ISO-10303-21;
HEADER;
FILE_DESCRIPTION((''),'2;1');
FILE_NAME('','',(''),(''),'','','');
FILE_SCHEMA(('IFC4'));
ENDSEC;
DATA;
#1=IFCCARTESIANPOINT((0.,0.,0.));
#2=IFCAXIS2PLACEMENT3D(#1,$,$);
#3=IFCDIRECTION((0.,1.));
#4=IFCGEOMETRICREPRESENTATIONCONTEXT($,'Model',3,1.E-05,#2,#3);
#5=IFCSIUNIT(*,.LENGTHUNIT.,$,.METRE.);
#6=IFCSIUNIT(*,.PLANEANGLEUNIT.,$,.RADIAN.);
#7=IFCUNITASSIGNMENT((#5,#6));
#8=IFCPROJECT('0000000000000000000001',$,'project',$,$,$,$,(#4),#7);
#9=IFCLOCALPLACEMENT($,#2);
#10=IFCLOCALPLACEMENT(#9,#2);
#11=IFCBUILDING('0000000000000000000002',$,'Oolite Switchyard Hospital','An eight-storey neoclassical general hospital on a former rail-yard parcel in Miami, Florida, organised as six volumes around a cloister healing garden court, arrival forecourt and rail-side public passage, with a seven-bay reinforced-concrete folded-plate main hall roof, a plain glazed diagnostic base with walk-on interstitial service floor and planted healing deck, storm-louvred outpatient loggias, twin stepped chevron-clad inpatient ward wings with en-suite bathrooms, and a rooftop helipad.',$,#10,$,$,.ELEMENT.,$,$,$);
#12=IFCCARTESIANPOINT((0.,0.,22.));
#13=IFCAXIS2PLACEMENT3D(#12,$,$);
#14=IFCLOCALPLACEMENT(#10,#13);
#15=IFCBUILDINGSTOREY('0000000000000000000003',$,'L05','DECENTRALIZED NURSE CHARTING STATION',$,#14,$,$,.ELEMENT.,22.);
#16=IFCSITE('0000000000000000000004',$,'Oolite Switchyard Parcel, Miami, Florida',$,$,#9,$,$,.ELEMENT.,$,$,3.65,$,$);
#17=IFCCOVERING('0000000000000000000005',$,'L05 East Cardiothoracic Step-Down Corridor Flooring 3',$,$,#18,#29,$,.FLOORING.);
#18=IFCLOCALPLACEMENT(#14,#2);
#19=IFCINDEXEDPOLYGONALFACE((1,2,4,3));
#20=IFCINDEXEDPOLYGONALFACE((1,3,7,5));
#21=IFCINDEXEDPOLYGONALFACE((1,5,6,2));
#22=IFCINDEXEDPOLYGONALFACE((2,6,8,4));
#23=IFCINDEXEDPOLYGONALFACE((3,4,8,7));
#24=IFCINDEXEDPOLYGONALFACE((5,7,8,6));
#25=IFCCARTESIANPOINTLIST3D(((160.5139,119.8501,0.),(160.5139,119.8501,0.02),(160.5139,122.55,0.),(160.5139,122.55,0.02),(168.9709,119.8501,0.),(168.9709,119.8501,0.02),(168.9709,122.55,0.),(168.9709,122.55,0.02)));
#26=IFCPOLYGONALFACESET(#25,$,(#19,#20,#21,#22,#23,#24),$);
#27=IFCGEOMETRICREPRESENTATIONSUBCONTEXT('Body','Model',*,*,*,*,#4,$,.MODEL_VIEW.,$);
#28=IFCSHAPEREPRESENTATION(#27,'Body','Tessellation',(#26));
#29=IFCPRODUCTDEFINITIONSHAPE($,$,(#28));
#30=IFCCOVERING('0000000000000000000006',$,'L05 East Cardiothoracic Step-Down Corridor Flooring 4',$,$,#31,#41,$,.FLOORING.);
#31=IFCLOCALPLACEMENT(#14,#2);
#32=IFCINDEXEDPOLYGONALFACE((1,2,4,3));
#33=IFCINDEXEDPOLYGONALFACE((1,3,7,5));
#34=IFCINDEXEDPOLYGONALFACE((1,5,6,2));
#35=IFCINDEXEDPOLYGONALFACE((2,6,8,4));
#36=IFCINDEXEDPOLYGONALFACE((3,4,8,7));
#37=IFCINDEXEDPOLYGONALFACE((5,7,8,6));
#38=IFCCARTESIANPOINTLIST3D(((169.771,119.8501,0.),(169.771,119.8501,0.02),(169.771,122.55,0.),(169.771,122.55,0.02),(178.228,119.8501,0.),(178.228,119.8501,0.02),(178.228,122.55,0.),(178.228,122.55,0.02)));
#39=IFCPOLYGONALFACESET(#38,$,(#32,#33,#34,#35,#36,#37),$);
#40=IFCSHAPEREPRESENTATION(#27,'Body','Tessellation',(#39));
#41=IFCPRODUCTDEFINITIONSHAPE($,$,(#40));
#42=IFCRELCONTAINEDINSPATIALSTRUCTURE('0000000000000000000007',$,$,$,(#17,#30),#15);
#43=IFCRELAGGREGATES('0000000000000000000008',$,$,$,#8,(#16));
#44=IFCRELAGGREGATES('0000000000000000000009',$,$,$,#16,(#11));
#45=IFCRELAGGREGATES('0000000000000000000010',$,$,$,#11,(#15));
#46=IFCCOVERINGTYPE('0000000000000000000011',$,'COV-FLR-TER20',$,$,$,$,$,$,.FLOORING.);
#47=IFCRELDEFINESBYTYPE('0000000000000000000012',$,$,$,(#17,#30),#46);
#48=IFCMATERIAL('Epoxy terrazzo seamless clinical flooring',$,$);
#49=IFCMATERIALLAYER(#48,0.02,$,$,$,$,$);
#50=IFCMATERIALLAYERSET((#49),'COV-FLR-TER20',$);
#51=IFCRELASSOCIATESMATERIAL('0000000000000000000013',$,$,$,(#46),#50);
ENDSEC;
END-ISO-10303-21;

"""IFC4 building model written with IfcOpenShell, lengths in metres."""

from ifc_helpers import new_model, si_unit, direction, frame, origin, place, context, subcontext, project, spatial, polyline, outline, extrude, material, layer, layer_set, type_object, element, save


model = new_model("IFC4")

# Units and contexts
model_context = context("Model", 3, precision=1e-05, world=origin(), true_north=direction((0.0, 1.0)))
body_context = subcontext(model_context, "Body", "Model", "MODEL_VIEW")
ifc_project = project(units=[si_unit("LENGTHUNIT", "METRE"), si_unit("PLANEANGLEUNIT", "RADIAN")], contexts=[model_context])

# Site, building, storey
site_placement = place(None, origin())
site = spatial("IfcSite", under=ifc_project, at=site_placement, Name="Oolite Switchyard Parcel, Miami, Florida", CompositionType="ELEMENT", RefElevation=3.65)
building_placement = place(site_placement, origin())
building = spatial("IfcBuilding", under=site, at=building_placement, Name="Oolite Switchyard Hospital", Description="An eight-storey neoclassical general hospital on a former rail-yard parcel in Miami, Florida, organised as six volumes around a cloister healing garden court, arrival forecourt and rail-side public passage, with a seven-bay reinforced-concrete folded-plate main hall roof, a plain glazed diagnostic base with walk-on interstitial service floor and planted healing deck, storm-louvred outpatient loggias, twin stepped chevron-clad inpatient ward wings with en-suite bathrooms, and a rooftop helipad.", CompositionType="ELEMENT")
storey_placement = place(building_placement, frame((0.0, 0.0, 22.0)))
storey = spatial("IfcBuildingStorey", under=building, at=storey_placement, Name="L05", Description="DECENTRALIZED NURSE CHARTING STATION", CompositionType="ELEMENT", Elevation=22.0)

# Coverings
ifc_material_1 = material(Name="Epoxy terrazzo seamless clinical flooring")
ifc_layer_1 = layer(ifc_material_1, 0.02)
ifc_layer_set_1 = layer_set([ifc_layer_1], Name="COV-FLR-TER20")
covering_type_1 = type_object("IfcCoveringType", Name="COV-FLR-TER20", PredefinedType="FLOORING", material=ifc_layer_set_1)
covering_1_placement = place(storey_placement, origin())
element("IfcCovering", 1, at=covering_1_placement, inside=storey, type_object=covering_type_1, Name="L05 East Cardiothoracic Step-Down Corridor Flooring 3", PredefinedType="FLOORING", context=body_context, shape_type="SweptSolid", body=[
    extrude(outline(polyline([(160.5139, 119.8501), (168.9709, 119.8501), (168.9709, 122.55), (160.5139, 122.55), (160.5139, 119.8501)])), origin(), (0.0, 0.0, 1.0), 0.02),
])
covering_2_placement = place(storey_placement, origin())
element("IfcCovering", 2, at=covering_2_placement, inside=storey, type_object=covering_type_1, Name="L05 East Cardiothoracic Step-Down Corridor Flooring 4", PredefinedType="FLOORING", context=body_context, shape_type="SweptSolid", body=[
    extrude(outline(polyline([(169.771, 119.8501), (178.228, 119.8501), (178.228, 122.55), (169.771, 122.55), (169.771, 119.8501)])), origin(), (0.0, 0.0, 1.0), 0.02),
])

save(model, "model.ifc")
